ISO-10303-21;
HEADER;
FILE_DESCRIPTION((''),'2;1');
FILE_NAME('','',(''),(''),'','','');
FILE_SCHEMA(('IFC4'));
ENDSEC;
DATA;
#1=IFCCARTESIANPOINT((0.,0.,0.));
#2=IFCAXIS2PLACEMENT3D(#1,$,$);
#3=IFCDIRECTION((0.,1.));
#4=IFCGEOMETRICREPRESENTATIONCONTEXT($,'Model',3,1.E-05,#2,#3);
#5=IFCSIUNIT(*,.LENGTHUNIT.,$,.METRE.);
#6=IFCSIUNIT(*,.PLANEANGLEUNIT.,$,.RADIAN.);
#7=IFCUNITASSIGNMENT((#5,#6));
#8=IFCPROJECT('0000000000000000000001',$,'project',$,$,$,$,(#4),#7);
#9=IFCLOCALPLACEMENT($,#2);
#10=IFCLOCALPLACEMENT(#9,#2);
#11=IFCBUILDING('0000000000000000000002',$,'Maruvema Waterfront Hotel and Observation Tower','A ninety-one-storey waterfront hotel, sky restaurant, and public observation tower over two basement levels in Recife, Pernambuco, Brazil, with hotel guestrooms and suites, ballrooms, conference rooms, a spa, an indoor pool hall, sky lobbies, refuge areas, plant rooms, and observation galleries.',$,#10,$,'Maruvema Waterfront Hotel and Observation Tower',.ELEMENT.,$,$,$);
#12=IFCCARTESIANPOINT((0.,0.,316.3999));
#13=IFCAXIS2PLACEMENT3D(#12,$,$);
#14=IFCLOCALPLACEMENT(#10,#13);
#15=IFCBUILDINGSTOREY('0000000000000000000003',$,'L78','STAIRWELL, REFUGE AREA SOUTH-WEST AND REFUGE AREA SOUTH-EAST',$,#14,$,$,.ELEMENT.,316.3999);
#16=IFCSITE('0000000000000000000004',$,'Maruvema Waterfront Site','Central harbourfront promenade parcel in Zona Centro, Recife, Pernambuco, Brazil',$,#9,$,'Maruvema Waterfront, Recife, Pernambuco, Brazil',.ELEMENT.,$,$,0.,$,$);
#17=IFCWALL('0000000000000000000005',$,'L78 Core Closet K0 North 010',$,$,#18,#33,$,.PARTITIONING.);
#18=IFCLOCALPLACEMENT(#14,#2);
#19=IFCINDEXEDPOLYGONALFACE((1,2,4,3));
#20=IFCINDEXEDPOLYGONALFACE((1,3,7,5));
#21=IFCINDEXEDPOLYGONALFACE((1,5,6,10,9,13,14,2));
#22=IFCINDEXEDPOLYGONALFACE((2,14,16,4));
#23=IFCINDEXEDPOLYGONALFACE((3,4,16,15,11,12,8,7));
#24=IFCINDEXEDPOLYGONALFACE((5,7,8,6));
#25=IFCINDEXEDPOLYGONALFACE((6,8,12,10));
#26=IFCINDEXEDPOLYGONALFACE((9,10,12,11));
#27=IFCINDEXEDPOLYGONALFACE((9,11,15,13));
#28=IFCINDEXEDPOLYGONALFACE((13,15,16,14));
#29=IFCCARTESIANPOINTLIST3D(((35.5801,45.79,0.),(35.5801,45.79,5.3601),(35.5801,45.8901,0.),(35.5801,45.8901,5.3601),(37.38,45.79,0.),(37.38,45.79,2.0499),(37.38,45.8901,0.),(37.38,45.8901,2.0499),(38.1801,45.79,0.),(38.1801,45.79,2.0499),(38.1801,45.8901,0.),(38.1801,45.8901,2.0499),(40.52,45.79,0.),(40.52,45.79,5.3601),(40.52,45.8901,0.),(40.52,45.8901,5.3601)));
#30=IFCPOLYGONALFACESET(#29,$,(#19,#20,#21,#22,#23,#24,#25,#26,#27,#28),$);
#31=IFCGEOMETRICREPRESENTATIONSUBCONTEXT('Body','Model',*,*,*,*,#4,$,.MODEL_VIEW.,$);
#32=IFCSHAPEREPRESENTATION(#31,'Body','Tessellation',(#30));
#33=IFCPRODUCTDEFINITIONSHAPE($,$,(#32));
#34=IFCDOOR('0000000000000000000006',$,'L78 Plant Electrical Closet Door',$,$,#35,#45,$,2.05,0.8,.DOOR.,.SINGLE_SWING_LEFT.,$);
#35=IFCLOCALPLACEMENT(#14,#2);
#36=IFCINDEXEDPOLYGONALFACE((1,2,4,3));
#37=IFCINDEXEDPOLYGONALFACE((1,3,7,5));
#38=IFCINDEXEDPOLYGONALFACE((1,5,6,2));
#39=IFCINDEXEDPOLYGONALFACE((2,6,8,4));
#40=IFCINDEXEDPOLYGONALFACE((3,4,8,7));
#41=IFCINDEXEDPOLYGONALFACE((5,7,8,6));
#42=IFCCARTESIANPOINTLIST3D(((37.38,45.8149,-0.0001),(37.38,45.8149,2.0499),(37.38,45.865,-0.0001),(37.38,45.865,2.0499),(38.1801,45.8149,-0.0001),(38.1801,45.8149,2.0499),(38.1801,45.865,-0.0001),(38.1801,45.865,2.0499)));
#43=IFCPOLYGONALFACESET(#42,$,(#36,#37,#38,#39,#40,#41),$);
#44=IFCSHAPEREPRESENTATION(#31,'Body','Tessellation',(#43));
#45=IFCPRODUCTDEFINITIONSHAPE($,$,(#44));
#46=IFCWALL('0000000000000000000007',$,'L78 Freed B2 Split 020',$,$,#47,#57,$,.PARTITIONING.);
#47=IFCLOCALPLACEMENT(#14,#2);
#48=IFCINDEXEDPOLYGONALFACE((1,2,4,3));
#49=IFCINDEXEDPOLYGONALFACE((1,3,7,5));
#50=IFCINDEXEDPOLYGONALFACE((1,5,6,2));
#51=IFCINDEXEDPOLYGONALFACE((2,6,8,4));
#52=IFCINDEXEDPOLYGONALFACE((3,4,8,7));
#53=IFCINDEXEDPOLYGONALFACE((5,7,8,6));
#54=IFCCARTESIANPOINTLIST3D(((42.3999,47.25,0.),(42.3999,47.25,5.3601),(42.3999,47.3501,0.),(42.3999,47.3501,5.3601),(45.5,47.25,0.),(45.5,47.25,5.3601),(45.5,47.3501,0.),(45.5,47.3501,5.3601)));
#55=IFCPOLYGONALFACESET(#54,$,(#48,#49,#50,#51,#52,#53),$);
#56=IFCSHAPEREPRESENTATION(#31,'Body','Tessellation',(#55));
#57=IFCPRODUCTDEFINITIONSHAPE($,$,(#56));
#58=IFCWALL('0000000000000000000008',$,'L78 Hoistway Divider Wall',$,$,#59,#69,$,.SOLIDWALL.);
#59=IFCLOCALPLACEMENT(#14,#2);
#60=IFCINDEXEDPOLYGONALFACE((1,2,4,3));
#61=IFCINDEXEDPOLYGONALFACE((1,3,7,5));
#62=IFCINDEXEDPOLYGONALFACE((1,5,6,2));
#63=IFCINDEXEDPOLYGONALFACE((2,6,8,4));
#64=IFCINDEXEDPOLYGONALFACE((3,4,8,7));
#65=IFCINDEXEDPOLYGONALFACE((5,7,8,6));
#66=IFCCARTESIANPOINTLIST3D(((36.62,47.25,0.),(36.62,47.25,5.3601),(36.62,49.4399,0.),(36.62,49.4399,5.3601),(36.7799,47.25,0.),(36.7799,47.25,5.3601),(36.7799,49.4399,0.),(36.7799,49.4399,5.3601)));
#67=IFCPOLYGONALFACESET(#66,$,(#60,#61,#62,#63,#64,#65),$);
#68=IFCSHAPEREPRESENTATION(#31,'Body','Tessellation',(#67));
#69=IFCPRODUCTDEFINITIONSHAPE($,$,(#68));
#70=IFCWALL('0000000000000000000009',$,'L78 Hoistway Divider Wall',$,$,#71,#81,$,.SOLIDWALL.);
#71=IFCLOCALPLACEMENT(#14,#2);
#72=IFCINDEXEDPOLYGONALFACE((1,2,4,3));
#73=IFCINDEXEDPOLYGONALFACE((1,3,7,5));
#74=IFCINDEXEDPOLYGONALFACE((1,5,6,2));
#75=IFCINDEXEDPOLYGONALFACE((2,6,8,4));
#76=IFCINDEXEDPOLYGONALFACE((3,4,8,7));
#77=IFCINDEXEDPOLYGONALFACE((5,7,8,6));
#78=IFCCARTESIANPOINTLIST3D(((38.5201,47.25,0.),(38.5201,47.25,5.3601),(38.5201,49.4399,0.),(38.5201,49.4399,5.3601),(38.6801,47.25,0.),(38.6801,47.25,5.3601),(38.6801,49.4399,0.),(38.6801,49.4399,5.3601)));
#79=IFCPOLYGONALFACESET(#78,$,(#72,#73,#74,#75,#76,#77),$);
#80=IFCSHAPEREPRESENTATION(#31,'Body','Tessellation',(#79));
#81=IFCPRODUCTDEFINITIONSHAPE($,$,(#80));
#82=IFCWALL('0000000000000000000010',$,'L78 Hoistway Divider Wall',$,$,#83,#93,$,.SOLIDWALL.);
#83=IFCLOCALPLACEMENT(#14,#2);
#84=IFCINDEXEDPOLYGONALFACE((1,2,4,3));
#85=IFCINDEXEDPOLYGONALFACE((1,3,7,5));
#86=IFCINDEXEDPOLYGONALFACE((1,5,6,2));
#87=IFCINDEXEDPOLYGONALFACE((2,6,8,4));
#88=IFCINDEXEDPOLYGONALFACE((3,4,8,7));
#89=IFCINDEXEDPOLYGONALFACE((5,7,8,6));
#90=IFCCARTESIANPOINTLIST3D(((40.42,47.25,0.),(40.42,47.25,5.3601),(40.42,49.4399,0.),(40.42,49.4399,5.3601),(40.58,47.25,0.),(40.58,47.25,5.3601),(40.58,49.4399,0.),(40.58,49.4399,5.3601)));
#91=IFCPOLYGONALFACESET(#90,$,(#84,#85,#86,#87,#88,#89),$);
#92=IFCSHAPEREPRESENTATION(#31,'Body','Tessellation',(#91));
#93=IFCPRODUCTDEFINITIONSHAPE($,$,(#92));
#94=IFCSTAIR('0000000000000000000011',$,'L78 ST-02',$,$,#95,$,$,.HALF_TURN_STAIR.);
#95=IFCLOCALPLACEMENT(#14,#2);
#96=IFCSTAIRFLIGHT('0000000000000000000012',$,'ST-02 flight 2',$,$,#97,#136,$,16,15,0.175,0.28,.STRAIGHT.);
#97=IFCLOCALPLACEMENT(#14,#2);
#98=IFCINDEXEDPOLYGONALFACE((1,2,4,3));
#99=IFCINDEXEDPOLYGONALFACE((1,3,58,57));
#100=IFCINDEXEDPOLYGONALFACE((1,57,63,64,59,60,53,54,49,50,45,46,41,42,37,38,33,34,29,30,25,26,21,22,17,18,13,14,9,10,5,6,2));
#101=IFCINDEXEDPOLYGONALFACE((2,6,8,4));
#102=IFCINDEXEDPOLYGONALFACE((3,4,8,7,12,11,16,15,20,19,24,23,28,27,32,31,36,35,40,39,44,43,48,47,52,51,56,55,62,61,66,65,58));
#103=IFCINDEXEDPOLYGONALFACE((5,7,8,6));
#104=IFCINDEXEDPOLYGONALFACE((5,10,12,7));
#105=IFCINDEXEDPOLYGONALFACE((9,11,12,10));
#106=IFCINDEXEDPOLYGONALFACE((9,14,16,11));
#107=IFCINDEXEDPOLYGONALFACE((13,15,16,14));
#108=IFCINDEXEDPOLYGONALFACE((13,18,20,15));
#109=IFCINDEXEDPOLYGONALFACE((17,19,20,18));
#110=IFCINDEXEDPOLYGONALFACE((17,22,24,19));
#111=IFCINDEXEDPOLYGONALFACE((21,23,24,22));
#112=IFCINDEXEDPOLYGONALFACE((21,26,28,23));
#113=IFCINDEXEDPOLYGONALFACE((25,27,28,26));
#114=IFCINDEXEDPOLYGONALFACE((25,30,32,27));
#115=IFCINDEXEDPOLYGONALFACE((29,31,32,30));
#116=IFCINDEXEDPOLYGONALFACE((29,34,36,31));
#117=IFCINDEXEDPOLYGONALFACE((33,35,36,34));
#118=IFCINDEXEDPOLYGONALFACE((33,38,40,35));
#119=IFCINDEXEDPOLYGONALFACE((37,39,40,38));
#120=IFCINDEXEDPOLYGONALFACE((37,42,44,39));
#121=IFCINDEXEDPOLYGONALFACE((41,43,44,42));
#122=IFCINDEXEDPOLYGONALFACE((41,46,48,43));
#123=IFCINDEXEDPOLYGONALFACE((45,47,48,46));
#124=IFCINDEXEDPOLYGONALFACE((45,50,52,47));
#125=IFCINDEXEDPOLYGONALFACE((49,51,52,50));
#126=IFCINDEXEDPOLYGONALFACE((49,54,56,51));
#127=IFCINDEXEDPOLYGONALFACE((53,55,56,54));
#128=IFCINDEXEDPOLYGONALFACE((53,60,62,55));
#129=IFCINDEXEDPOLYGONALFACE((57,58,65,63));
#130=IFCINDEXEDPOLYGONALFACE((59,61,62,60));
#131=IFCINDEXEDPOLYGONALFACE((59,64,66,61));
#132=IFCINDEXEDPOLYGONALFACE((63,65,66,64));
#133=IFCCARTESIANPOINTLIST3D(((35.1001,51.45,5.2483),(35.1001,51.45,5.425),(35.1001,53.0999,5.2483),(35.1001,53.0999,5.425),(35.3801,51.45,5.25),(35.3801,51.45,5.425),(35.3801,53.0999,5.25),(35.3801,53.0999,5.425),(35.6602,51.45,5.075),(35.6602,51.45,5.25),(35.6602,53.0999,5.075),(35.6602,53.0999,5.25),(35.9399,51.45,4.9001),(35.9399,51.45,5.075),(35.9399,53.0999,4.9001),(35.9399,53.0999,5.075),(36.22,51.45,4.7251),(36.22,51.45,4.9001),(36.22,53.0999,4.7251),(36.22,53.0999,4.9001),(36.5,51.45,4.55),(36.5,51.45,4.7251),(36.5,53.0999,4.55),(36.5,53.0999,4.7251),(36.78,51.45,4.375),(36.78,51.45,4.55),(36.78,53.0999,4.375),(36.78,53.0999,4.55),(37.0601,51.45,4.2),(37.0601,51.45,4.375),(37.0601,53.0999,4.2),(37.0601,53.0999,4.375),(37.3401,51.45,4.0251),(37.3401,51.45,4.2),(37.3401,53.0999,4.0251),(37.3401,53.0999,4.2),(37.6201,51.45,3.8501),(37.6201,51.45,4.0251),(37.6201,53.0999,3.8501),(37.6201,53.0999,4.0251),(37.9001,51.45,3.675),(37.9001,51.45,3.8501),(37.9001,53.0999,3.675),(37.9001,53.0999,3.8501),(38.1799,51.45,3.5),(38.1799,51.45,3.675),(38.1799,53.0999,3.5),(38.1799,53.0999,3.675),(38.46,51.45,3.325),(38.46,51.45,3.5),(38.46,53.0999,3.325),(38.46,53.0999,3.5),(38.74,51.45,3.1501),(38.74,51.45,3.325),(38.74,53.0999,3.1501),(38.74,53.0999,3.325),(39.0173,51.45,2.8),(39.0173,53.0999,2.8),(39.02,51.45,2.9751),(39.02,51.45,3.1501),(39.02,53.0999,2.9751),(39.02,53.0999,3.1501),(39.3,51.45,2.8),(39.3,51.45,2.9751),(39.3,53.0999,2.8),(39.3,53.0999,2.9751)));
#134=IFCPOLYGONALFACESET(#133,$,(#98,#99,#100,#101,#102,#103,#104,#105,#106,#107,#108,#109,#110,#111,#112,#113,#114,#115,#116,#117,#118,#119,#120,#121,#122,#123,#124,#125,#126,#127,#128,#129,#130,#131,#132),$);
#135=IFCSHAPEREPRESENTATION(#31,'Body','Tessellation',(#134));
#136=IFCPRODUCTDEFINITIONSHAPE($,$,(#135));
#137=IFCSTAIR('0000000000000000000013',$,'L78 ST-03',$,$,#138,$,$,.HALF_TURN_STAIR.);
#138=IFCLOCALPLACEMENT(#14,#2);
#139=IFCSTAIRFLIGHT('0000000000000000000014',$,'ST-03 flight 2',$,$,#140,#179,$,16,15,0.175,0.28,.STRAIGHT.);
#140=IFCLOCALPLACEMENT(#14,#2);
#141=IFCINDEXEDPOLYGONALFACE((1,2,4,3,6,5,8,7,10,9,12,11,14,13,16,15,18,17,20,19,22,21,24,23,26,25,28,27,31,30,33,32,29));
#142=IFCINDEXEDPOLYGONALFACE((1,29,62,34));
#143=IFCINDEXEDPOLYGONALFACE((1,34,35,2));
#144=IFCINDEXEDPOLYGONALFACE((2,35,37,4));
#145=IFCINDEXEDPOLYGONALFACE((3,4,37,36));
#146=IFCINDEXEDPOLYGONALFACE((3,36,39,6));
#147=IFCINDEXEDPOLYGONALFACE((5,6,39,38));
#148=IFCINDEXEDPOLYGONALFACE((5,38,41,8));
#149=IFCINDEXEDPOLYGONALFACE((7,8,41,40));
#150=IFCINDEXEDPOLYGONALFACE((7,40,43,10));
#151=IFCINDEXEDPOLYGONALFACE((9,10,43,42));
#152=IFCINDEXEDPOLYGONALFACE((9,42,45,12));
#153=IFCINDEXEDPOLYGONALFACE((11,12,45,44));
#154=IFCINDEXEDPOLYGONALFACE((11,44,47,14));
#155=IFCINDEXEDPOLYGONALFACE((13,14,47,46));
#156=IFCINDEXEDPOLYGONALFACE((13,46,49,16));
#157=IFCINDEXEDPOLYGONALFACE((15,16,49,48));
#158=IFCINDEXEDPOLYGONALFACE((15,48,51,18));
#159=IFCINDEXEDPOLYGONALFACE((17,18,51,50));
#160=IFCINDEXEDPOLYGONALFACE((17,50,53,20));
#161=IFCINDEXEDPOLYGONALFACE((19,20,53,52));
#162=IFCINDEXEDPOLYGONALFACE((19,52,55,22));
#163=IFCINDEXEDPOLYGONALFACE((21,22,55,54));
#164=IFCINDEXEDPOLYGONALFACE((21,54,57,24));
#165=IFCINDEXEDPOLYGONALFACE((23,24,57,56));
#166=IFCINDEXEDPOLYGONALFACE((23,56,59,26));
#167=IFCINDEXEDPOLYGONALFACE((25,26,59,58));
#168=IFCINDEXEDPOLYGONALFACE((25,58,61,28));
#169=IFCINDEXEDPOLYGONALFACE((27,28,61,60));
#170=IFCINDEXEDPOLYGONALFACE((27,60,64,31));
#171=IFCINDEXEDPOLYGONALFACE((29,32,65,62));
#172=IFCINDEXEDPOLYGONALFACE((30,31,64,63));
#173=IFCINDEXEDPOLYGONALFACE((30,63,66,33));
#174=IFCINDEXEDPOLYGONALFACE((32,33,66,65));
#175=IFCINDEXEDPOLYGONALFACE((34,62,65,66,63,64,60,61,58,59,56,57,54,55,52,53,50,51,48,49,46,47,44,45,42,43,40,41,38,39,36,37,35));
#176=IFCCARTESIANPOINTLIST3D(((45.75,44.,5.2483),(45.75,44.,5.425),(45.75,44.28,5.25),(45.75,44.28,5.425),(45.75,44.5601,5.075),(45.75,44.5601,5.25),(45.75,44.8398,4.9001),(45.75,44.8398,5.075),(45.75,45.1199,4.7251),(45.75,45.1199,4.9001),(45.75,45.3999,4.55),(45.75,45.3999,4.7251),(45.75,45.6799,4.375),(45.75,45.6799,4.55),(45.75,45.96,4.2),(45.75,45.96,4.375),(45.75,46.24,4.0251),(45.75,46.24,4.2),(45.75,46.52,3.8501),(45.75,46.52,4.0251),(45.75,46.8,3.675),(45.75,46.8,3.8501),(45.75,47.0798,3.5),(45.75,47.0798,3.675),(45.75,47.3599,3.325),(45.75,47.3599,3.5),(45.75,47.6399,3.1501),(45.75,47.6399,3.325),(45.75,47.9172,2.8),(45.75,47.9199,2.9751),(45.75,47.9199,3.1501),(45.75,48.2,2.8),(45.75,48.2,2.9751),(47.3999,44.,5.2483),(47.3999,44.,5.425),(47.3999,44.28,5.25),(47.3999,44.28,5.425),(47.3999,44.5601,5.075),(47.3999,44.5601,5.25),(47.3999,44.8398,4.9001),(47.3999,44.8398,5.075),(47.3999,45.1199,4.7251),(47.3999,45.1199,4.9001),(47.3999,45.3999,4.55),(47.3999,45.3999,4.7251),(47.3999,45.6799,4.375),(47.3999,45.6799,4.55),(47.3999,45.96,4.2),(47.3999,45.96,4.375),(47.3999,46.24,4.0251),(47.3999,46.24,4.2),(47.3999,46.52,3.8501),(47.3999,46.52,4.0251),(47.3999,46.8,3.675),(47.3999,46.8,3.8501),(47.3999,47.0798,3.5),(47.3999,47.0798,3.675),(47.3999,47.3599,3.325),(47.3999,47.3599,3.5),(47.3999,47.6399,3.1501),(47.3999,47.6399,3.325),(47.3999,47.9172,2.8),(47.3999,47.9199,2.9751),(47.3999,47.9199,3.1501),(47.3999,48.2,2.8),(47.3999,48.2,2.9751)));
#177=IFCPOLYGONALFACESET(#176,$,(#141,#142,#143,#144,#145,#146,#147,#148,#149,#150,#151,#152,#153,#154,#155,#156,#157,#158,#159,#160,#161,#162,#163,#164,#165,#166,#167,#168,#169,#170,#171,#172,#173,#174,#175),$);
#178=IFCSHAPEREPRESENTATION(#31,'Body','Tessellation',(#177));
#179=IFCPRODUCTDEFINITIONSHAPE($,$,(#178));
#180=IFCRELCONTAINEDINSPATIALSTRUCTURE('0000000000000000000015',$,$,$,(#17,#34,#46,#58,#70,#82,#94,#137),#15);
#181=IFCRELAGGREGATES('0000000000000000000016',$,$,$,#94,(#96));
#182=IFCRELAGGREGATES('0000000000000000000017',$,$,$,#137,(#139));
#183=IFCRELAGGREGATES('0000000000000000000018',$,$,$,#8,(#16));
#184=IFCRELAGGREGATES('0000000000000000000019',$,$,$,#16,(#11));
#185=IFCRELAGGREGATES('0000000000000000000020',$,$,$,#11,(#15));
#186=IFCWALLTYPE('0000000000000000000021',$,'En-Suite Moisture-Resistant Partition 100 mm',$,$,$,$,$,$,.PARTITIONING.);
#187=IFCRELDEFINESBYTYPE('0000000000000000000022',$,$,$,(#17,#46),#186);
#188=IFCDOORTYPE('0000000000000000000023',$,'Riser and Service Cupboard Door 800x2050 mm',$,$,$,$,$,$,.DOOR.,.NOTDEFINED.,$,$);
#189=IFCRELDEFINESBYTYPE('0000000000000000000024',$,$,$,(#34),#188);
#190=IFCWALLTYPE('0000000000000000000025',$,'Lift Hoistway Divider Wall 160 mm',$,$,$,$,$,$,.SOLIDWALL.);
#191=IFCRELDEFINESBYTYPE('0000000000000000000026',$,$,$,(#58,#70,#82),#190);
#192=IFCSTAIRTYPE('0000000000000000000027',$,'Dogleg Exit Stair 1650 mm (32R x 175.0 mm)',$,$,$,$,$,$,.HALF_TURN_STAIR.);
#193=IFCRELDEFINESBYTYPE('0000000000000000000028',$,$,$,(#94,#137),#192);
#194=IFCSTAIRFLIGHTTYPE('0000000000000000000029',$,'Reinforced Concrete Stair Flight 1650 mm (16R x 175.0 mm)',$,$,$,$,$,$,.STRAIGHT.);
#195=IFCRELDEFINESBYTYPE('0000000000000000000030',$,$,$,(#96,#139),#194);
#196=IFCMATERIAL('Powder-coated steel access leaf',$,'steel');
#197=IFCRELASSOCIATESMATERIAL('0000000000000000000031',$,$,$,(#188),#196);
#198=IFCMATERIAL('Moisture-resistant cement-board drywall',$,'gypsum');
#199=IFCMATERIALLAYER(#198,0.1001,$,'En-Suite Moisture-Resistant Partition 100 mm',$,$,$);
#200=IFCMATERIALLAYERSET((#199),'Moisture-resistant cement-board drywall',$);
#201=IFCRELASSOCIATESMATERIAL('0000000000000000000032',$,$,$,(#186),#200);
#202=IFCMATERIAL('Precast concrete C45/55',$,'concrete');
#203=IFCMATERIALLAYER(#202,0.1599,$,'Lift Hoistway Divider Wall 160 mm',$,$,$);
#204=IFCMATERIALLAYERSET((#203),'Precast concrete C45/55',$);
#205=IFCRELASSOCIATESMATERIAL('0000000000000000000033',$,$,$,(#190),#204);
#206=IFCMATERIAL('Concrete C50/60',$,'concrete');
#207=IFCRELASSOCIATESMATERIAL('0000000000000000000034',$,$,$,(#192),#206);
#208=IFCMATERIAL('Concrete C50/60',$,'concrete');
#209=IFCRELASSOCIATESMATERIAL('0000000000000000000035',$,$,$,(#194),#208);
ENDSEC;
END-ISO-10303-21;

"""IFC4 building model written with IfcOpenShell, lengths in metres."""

from ifc_helpers import new_model, si_unit, direction, frame, frame_2d, origin, place, context, subcontext, project, spatial, polyline, rectangle, outline, extrude, material, layer, layer_set, type_object, element, fill, aggregate, save


model = new_model("IFC4")

# Units and contexts
model_context = context("Model", 3, precision=1e-05, world=origin(), true_north=direction((0.0, 1.0)))
body_context = subcontext(model_context, "Body", "Model", "MODEL_VIEW")
ifc_project = project(units=[si_unit("LENGTHUNIT", "METRE"), si_unit("PLANEANGLEUNIT", "RADIAN")], contexts=[model_context])

# Site, building, storey
site_placement = place(None, origin())
site = spatial("IfcSite", under=ifc_project, at=site_placement, Name="Maruvema Waterfront Site", Description="Central harbourfront promenade parcel in Zona Centro, Recife, Pernambuco, Brazil", LongName="Maruvema Waterfront, Recife, Pernambuco, Brazil", CompositionType="ELEMENT", RefElevation=0.0)
building_placement = place(site_placement, origin())
building = spatial("IfcBuilding", under=site, at=building_placement, Name="Maruvema Waterfront Hotel and Observation Tower", Description="A ninety-one-storey waterfront hotel, sky restaurant, and public observation tower over two basement levels in Recife, Pernambuco, Brazil, with hotel guestrooms and suites, ballrooms, conference rooms, a spa, an indoor pool hall, sky lobbies, refuge areas, plant rooms, and observation galleries.", LongName="Maruvema Waterfront Hotel and Observation Tower", CompositionType="ELEMENT")
storey_placement = place(building_placement, frame((0.0, 0.0, 316.3999)))
storey = spatial("IfcBuildingStorey", under=building, at=storey_placement, Name="L78", Description="STAIRWELL, REFUGE AREA SOUTH-WEST AND REFUGE AREA SOUTH-EAST", CompositionType="ELEMENT", Elevation=316.3999)

# Shared definitions
ifc_material_1 = material(Name="Powder-coated steel access leaf", Category="steel")
door_type = type_object("IfcDoorType", Name="Riser and Service Cupboard Door 800x2050 mm", OperationType="NOTDEFINED", PredefinedType="DOOR", material=ifc_material_1)

# Wall, opening, door
ifc_material_2 = material(Name="Moisture-resistant cement-board drywall", Category="gypsum")
ifc_layer_1 = layer(ifc_material_2, 0.1001, Name="En-Suite Moisture-Resistant Partition 100 mm")
ifc_layer_set_1 = layer_set([ifc_layer_1], Name="Moisture-resistant cement-board drywall")
wall_type_1 = type_object("IfcWallType", Name="En-Suite Moisture-Resistant Partition 100 mm", PredefinedType="PARTITIONING", material=ifc_layer_set_1)
wall_1_placement = place(storey_placement, frame((35.5801, 45.8401, 0.0), z_axis=(0.0, 0.0, 1.0), x_axis=(1.0, 0.0, 0.0)))
wall_1 = element("IfcWall", 1, at=wall_1_placement, inside=storey, type_object=wall_type_1, Name="L78 Core Closet K0 North 010", PredefinedType="PARTITIONING", context=body_context, shape_type="SweptSolid", body=[
    extrude(rectangle(XDim=4.9399, YDim=0.1001, at=frame_2d((2.47, 0.0))), origin(), (0.0, 0.0, 1.0), 5.3601),
])
opening_1_placement = place(wall_1_placement, frame((1.8, 0.0, 0.0)))
opening_1 = element("IfcOpeningElement", 2, at=opening_1_placement, cuts=wall_1, PredefinedType="OPENING", context=body_context, shape_type="SweptSolid", body=[
    extrude(rectangle(XDim=0.8, YDim=2.05, at=frame_2d((0.3999, 1.0249))), frame((0.0, 0.0601, 0.0), z_axis=(0.0, -1.0, 0.0), x_axis=(1.0, 0.0, 0.0)), (0.0, 0.0, 1.0), 0.1201),
])
door_1_placement = place(opening_1_placement, origin())
door_1 = element("IfcDoor", 3, at=door_1_placement, inside=storey, type_object=door_type, Name="L78 Plant Electrical Closet Door", OperationType="SINGLE_SWING_LEFT", OverallHeight=2.05, OverallWidth=0.8, PredefinedType="DOOR", context=body_context, shape_type="SweptSolid", body=[
    extrude(rectangle(XDim=0.8, YDim=2.05, at=frame_2d((0.3999, 1.0249))), frame((0.0, 0.0249, 0.0), z_axis=(0.0, -1.0, 0.0), x_axis=(1.0, 0.0, 0.0)), (0.0, 0.0, 1.0), 0.05),
])
fill(opening_1, door_1)

# Walls
wall_2_placement = place(storey_placement, frame((42.3999, 47.3, 0.0), z_axis=(0.0, 0.0, 1.0), x_axis=(1.0, 0.0, 0.0)))
element("IfcWall", 4, at=wall_2_placement, inside=storey, type_object=wall_type_1, Name="L78 Freed B2 Split 020", PredefinedType="PARTITIONING", context=body_context, shape_type="SweptSolid", body=[
    extrude(rectangle(XDim=3.1001, YDim=0.1001, at=frame_2d((1.55, 0.0))), origin(), (0.0, 0.0, 1.0), 5.3601),
])
ifc_material_3 = material(Name="Precast concrete C45/55", Category="concrete")
ifc_layer_2 = layer(ifc_material_3, 0.1599, Name="Lift Hoistway Divider Wall 160 mm")
ifc_layer_set_2 = layer_set([ifc_layer_2], Name="Precast concrete C45/55")
wall_type_2 = type_object("IfcWallType", Name="Lift Hoistway Divider Wall 160 mm", PredefinedType="SOLIDWALL", material=ifc_layer_set_2)
for number, where, z_axis, x_axis, name in (
    (5, (36.7, 47.25, 0.0), (0.0, 0.0, 1.0), (0.0, 1.0, 0.0), "L78 Hoistway Divider Wall"),
    (6, (38.6001, 47.25, 0.0), (0.0, 0.0, 1.0), (0.0, 1.0, 0.0), "L78 Hoistway Divider Wall"),
    (7, (40.5, 47.25, 0.0), (0.0, 0.0, 1.0), (0.0, 1.0, 0.0), "L78 Hoistway Divider Wall"),
):
    element("IfcWall", number, at=place(storey_placement, frame(where, z_axis=z_axis, x_axis=x_axis)), inside=storey, type_object=wall_type_2, Name=name, PredefinedType="SOLIDWALL", context=body_context, shape_type="SweptSolid", body=[
        extrude(rectangle(XDim=2.1899, YDim=0.1599, at=frame_2d((1.095, 0.0))), origin(), (0.0, 0.0, 1.0), 5.3601),
    ])

# Stairs, stair flights
ifc_material_4 = material(Name="Concrete C50/60", Category="concrete")
stair_type = type_object("IfcStairType", Name="Dogleg Exit Stair 1650 mm (32R x 175.0 mm)", PredefinedType="HALF_TURN_STAIR", material=ifc_material_4)
stair_1_placement = place(storey_placement, origin())
stair_1 = element("IfcStair", 8, at=stair_1_placement, inside=storey, type_object=stair_type, Name="L78 ST-02", PredefinedType="HALF_TURN_STAIR")
ifc_material_5 = material(Name="Concrete C50/60", Category="concrete")
stair_flight_type = type_object("IfcStairFlightType", Name="Reinforced Concrete Stair Flight 1650 mm (16R x 175.0 mm)", PredefinedType="STRAIGHT", material=ifc_material_5)
stair_flight_1_placement = place(storey_placement, frame((39.3, 52.2749, 2.8), z_axis=(0.0, 0.0, 1.0), x_axis=(-1.0, 0.0, 0.0)))
stair_flight_1 = element("IfcStairFlight", 9, at=stair_flight_1_placement, type_object=stair_flight_type, Name="ST-02 flight 2", NumberOfRisers=16, NumberOfTreads=15, PredefinedType="STRAIGHT", RiserHeight=0.175, TreadLength=0.28, context=body_context, shape_type="SweptSolid", body=[
    extrude(outline(polyline([(0.0, 0.0), (0.0, 0.175), (0.28, 0.175), (0.28, 0.3501), (0.5601, 0.3501), (0.5601, 0.5249), (0.8401, 0.5249), (0.8401, 0.7), (1.1201, 0.7), (1.1201, 0.875), (1.3999, 0.875), (1.3999, 1.05), (1.6799, 1.05), (1.6799, 1.2251), (1.96, 1.2251), (1.96, 1.3999), (2.24, 1.3999), (2.24, 1.575), (2.52, 1.575), (2.52, 1.75), (2.8, 1.75), (2.8, 1.925), (3.0801, 1.925), (3.0801, 2.1001), (3.3601, 2.1001), (3.3601, 2.2749), (3.6399, 2.2749), (3.6399, 2.45), (3.9199, 2.45), (3.9199, 2.625), (4.2, 2.625), (4.2, 2.8), (4.2, 2.4482), (0.2827, 0.0), (0.0, 0.0)])), frame((0.0, 0.825, 0.0), z_axis=(0.0, -1.0, 0.0), x_axis=(1.0, 0.0, 0.0)), (0.0, 0.0, 1.0), 1.6499),
])
aggregate(stair_1, [stair_flight_1])
stair_2_placement = place(storey_placement, origin())
stair_2 = element("IfcStair", 10, at=stair_2_placement, inside=storey, type_object=stair_type, Name="L78 ST-03", PredefinedType="HALF_TURN_STAIR")
stair_flight_2_placement = place(storey_placement, frame((46.575, 48.2, 2.8), z_axis=(0.0, 0.0, 1.0), x_axis=(0.0, -1.0, 0.0)))
stair_flight_2 = element("IfcStairFlight", 11, at=stair_flight_2_placement, type_object=stair_flight_type, Name="ST-03 flight 2", NumberOfRisers=16, NumberOfTreads=15, PredefinedType="STRAIGHT", RiserHeight=0.175, TreadLength=0.28, context=body_context, shape_type="SweptSolid", body=[
    extrude(outline(polyline([(0.0, 0.0), (0.0, 0.175), (0.28, 0.175), (0.28, 0.3501), (0.5601, 0.3501), (0.5601, 0.5249), (0.8401, 0.5249), (0.8401, 0.7), (1.1201, 0.7), (1.1201, 0.875), (1.3999, 0.875), (1.3999, 1.05), (1.6799, 1.05), (1.6799, 1.2251), (1.96, 1.2251), (1.96, 1.3999), (2.24, 1.3999), (2.24, 1.575), (2.52, 1.575), (2.52, 1.75), (2.8, 1.75), (2.8, 1.925), (3.0801, 1.925), (3.0801, 2.1001), (3.3601, 2.1001), (3.3601, 2.2749), (3.6399, 2.2749), (3.6399, 2.45), (3.9199, 2.45), (3.9199, 2.625), (4.2, 2.625), (4.2, 2.8), (4.2, 2.4482), (0.2827, 0.0), (0.0, 0.0)])), frame((0.0, 0.825, 0.0), z_axis=(0.0, -1.0, 0.0), x_axis=(1.0, 0.0, 0.0)), (0.0, 0.0, 1.0), 1.6499),
])
aggregate(stair_2, [stair_flight_2])

save(model, "model.ifc")
